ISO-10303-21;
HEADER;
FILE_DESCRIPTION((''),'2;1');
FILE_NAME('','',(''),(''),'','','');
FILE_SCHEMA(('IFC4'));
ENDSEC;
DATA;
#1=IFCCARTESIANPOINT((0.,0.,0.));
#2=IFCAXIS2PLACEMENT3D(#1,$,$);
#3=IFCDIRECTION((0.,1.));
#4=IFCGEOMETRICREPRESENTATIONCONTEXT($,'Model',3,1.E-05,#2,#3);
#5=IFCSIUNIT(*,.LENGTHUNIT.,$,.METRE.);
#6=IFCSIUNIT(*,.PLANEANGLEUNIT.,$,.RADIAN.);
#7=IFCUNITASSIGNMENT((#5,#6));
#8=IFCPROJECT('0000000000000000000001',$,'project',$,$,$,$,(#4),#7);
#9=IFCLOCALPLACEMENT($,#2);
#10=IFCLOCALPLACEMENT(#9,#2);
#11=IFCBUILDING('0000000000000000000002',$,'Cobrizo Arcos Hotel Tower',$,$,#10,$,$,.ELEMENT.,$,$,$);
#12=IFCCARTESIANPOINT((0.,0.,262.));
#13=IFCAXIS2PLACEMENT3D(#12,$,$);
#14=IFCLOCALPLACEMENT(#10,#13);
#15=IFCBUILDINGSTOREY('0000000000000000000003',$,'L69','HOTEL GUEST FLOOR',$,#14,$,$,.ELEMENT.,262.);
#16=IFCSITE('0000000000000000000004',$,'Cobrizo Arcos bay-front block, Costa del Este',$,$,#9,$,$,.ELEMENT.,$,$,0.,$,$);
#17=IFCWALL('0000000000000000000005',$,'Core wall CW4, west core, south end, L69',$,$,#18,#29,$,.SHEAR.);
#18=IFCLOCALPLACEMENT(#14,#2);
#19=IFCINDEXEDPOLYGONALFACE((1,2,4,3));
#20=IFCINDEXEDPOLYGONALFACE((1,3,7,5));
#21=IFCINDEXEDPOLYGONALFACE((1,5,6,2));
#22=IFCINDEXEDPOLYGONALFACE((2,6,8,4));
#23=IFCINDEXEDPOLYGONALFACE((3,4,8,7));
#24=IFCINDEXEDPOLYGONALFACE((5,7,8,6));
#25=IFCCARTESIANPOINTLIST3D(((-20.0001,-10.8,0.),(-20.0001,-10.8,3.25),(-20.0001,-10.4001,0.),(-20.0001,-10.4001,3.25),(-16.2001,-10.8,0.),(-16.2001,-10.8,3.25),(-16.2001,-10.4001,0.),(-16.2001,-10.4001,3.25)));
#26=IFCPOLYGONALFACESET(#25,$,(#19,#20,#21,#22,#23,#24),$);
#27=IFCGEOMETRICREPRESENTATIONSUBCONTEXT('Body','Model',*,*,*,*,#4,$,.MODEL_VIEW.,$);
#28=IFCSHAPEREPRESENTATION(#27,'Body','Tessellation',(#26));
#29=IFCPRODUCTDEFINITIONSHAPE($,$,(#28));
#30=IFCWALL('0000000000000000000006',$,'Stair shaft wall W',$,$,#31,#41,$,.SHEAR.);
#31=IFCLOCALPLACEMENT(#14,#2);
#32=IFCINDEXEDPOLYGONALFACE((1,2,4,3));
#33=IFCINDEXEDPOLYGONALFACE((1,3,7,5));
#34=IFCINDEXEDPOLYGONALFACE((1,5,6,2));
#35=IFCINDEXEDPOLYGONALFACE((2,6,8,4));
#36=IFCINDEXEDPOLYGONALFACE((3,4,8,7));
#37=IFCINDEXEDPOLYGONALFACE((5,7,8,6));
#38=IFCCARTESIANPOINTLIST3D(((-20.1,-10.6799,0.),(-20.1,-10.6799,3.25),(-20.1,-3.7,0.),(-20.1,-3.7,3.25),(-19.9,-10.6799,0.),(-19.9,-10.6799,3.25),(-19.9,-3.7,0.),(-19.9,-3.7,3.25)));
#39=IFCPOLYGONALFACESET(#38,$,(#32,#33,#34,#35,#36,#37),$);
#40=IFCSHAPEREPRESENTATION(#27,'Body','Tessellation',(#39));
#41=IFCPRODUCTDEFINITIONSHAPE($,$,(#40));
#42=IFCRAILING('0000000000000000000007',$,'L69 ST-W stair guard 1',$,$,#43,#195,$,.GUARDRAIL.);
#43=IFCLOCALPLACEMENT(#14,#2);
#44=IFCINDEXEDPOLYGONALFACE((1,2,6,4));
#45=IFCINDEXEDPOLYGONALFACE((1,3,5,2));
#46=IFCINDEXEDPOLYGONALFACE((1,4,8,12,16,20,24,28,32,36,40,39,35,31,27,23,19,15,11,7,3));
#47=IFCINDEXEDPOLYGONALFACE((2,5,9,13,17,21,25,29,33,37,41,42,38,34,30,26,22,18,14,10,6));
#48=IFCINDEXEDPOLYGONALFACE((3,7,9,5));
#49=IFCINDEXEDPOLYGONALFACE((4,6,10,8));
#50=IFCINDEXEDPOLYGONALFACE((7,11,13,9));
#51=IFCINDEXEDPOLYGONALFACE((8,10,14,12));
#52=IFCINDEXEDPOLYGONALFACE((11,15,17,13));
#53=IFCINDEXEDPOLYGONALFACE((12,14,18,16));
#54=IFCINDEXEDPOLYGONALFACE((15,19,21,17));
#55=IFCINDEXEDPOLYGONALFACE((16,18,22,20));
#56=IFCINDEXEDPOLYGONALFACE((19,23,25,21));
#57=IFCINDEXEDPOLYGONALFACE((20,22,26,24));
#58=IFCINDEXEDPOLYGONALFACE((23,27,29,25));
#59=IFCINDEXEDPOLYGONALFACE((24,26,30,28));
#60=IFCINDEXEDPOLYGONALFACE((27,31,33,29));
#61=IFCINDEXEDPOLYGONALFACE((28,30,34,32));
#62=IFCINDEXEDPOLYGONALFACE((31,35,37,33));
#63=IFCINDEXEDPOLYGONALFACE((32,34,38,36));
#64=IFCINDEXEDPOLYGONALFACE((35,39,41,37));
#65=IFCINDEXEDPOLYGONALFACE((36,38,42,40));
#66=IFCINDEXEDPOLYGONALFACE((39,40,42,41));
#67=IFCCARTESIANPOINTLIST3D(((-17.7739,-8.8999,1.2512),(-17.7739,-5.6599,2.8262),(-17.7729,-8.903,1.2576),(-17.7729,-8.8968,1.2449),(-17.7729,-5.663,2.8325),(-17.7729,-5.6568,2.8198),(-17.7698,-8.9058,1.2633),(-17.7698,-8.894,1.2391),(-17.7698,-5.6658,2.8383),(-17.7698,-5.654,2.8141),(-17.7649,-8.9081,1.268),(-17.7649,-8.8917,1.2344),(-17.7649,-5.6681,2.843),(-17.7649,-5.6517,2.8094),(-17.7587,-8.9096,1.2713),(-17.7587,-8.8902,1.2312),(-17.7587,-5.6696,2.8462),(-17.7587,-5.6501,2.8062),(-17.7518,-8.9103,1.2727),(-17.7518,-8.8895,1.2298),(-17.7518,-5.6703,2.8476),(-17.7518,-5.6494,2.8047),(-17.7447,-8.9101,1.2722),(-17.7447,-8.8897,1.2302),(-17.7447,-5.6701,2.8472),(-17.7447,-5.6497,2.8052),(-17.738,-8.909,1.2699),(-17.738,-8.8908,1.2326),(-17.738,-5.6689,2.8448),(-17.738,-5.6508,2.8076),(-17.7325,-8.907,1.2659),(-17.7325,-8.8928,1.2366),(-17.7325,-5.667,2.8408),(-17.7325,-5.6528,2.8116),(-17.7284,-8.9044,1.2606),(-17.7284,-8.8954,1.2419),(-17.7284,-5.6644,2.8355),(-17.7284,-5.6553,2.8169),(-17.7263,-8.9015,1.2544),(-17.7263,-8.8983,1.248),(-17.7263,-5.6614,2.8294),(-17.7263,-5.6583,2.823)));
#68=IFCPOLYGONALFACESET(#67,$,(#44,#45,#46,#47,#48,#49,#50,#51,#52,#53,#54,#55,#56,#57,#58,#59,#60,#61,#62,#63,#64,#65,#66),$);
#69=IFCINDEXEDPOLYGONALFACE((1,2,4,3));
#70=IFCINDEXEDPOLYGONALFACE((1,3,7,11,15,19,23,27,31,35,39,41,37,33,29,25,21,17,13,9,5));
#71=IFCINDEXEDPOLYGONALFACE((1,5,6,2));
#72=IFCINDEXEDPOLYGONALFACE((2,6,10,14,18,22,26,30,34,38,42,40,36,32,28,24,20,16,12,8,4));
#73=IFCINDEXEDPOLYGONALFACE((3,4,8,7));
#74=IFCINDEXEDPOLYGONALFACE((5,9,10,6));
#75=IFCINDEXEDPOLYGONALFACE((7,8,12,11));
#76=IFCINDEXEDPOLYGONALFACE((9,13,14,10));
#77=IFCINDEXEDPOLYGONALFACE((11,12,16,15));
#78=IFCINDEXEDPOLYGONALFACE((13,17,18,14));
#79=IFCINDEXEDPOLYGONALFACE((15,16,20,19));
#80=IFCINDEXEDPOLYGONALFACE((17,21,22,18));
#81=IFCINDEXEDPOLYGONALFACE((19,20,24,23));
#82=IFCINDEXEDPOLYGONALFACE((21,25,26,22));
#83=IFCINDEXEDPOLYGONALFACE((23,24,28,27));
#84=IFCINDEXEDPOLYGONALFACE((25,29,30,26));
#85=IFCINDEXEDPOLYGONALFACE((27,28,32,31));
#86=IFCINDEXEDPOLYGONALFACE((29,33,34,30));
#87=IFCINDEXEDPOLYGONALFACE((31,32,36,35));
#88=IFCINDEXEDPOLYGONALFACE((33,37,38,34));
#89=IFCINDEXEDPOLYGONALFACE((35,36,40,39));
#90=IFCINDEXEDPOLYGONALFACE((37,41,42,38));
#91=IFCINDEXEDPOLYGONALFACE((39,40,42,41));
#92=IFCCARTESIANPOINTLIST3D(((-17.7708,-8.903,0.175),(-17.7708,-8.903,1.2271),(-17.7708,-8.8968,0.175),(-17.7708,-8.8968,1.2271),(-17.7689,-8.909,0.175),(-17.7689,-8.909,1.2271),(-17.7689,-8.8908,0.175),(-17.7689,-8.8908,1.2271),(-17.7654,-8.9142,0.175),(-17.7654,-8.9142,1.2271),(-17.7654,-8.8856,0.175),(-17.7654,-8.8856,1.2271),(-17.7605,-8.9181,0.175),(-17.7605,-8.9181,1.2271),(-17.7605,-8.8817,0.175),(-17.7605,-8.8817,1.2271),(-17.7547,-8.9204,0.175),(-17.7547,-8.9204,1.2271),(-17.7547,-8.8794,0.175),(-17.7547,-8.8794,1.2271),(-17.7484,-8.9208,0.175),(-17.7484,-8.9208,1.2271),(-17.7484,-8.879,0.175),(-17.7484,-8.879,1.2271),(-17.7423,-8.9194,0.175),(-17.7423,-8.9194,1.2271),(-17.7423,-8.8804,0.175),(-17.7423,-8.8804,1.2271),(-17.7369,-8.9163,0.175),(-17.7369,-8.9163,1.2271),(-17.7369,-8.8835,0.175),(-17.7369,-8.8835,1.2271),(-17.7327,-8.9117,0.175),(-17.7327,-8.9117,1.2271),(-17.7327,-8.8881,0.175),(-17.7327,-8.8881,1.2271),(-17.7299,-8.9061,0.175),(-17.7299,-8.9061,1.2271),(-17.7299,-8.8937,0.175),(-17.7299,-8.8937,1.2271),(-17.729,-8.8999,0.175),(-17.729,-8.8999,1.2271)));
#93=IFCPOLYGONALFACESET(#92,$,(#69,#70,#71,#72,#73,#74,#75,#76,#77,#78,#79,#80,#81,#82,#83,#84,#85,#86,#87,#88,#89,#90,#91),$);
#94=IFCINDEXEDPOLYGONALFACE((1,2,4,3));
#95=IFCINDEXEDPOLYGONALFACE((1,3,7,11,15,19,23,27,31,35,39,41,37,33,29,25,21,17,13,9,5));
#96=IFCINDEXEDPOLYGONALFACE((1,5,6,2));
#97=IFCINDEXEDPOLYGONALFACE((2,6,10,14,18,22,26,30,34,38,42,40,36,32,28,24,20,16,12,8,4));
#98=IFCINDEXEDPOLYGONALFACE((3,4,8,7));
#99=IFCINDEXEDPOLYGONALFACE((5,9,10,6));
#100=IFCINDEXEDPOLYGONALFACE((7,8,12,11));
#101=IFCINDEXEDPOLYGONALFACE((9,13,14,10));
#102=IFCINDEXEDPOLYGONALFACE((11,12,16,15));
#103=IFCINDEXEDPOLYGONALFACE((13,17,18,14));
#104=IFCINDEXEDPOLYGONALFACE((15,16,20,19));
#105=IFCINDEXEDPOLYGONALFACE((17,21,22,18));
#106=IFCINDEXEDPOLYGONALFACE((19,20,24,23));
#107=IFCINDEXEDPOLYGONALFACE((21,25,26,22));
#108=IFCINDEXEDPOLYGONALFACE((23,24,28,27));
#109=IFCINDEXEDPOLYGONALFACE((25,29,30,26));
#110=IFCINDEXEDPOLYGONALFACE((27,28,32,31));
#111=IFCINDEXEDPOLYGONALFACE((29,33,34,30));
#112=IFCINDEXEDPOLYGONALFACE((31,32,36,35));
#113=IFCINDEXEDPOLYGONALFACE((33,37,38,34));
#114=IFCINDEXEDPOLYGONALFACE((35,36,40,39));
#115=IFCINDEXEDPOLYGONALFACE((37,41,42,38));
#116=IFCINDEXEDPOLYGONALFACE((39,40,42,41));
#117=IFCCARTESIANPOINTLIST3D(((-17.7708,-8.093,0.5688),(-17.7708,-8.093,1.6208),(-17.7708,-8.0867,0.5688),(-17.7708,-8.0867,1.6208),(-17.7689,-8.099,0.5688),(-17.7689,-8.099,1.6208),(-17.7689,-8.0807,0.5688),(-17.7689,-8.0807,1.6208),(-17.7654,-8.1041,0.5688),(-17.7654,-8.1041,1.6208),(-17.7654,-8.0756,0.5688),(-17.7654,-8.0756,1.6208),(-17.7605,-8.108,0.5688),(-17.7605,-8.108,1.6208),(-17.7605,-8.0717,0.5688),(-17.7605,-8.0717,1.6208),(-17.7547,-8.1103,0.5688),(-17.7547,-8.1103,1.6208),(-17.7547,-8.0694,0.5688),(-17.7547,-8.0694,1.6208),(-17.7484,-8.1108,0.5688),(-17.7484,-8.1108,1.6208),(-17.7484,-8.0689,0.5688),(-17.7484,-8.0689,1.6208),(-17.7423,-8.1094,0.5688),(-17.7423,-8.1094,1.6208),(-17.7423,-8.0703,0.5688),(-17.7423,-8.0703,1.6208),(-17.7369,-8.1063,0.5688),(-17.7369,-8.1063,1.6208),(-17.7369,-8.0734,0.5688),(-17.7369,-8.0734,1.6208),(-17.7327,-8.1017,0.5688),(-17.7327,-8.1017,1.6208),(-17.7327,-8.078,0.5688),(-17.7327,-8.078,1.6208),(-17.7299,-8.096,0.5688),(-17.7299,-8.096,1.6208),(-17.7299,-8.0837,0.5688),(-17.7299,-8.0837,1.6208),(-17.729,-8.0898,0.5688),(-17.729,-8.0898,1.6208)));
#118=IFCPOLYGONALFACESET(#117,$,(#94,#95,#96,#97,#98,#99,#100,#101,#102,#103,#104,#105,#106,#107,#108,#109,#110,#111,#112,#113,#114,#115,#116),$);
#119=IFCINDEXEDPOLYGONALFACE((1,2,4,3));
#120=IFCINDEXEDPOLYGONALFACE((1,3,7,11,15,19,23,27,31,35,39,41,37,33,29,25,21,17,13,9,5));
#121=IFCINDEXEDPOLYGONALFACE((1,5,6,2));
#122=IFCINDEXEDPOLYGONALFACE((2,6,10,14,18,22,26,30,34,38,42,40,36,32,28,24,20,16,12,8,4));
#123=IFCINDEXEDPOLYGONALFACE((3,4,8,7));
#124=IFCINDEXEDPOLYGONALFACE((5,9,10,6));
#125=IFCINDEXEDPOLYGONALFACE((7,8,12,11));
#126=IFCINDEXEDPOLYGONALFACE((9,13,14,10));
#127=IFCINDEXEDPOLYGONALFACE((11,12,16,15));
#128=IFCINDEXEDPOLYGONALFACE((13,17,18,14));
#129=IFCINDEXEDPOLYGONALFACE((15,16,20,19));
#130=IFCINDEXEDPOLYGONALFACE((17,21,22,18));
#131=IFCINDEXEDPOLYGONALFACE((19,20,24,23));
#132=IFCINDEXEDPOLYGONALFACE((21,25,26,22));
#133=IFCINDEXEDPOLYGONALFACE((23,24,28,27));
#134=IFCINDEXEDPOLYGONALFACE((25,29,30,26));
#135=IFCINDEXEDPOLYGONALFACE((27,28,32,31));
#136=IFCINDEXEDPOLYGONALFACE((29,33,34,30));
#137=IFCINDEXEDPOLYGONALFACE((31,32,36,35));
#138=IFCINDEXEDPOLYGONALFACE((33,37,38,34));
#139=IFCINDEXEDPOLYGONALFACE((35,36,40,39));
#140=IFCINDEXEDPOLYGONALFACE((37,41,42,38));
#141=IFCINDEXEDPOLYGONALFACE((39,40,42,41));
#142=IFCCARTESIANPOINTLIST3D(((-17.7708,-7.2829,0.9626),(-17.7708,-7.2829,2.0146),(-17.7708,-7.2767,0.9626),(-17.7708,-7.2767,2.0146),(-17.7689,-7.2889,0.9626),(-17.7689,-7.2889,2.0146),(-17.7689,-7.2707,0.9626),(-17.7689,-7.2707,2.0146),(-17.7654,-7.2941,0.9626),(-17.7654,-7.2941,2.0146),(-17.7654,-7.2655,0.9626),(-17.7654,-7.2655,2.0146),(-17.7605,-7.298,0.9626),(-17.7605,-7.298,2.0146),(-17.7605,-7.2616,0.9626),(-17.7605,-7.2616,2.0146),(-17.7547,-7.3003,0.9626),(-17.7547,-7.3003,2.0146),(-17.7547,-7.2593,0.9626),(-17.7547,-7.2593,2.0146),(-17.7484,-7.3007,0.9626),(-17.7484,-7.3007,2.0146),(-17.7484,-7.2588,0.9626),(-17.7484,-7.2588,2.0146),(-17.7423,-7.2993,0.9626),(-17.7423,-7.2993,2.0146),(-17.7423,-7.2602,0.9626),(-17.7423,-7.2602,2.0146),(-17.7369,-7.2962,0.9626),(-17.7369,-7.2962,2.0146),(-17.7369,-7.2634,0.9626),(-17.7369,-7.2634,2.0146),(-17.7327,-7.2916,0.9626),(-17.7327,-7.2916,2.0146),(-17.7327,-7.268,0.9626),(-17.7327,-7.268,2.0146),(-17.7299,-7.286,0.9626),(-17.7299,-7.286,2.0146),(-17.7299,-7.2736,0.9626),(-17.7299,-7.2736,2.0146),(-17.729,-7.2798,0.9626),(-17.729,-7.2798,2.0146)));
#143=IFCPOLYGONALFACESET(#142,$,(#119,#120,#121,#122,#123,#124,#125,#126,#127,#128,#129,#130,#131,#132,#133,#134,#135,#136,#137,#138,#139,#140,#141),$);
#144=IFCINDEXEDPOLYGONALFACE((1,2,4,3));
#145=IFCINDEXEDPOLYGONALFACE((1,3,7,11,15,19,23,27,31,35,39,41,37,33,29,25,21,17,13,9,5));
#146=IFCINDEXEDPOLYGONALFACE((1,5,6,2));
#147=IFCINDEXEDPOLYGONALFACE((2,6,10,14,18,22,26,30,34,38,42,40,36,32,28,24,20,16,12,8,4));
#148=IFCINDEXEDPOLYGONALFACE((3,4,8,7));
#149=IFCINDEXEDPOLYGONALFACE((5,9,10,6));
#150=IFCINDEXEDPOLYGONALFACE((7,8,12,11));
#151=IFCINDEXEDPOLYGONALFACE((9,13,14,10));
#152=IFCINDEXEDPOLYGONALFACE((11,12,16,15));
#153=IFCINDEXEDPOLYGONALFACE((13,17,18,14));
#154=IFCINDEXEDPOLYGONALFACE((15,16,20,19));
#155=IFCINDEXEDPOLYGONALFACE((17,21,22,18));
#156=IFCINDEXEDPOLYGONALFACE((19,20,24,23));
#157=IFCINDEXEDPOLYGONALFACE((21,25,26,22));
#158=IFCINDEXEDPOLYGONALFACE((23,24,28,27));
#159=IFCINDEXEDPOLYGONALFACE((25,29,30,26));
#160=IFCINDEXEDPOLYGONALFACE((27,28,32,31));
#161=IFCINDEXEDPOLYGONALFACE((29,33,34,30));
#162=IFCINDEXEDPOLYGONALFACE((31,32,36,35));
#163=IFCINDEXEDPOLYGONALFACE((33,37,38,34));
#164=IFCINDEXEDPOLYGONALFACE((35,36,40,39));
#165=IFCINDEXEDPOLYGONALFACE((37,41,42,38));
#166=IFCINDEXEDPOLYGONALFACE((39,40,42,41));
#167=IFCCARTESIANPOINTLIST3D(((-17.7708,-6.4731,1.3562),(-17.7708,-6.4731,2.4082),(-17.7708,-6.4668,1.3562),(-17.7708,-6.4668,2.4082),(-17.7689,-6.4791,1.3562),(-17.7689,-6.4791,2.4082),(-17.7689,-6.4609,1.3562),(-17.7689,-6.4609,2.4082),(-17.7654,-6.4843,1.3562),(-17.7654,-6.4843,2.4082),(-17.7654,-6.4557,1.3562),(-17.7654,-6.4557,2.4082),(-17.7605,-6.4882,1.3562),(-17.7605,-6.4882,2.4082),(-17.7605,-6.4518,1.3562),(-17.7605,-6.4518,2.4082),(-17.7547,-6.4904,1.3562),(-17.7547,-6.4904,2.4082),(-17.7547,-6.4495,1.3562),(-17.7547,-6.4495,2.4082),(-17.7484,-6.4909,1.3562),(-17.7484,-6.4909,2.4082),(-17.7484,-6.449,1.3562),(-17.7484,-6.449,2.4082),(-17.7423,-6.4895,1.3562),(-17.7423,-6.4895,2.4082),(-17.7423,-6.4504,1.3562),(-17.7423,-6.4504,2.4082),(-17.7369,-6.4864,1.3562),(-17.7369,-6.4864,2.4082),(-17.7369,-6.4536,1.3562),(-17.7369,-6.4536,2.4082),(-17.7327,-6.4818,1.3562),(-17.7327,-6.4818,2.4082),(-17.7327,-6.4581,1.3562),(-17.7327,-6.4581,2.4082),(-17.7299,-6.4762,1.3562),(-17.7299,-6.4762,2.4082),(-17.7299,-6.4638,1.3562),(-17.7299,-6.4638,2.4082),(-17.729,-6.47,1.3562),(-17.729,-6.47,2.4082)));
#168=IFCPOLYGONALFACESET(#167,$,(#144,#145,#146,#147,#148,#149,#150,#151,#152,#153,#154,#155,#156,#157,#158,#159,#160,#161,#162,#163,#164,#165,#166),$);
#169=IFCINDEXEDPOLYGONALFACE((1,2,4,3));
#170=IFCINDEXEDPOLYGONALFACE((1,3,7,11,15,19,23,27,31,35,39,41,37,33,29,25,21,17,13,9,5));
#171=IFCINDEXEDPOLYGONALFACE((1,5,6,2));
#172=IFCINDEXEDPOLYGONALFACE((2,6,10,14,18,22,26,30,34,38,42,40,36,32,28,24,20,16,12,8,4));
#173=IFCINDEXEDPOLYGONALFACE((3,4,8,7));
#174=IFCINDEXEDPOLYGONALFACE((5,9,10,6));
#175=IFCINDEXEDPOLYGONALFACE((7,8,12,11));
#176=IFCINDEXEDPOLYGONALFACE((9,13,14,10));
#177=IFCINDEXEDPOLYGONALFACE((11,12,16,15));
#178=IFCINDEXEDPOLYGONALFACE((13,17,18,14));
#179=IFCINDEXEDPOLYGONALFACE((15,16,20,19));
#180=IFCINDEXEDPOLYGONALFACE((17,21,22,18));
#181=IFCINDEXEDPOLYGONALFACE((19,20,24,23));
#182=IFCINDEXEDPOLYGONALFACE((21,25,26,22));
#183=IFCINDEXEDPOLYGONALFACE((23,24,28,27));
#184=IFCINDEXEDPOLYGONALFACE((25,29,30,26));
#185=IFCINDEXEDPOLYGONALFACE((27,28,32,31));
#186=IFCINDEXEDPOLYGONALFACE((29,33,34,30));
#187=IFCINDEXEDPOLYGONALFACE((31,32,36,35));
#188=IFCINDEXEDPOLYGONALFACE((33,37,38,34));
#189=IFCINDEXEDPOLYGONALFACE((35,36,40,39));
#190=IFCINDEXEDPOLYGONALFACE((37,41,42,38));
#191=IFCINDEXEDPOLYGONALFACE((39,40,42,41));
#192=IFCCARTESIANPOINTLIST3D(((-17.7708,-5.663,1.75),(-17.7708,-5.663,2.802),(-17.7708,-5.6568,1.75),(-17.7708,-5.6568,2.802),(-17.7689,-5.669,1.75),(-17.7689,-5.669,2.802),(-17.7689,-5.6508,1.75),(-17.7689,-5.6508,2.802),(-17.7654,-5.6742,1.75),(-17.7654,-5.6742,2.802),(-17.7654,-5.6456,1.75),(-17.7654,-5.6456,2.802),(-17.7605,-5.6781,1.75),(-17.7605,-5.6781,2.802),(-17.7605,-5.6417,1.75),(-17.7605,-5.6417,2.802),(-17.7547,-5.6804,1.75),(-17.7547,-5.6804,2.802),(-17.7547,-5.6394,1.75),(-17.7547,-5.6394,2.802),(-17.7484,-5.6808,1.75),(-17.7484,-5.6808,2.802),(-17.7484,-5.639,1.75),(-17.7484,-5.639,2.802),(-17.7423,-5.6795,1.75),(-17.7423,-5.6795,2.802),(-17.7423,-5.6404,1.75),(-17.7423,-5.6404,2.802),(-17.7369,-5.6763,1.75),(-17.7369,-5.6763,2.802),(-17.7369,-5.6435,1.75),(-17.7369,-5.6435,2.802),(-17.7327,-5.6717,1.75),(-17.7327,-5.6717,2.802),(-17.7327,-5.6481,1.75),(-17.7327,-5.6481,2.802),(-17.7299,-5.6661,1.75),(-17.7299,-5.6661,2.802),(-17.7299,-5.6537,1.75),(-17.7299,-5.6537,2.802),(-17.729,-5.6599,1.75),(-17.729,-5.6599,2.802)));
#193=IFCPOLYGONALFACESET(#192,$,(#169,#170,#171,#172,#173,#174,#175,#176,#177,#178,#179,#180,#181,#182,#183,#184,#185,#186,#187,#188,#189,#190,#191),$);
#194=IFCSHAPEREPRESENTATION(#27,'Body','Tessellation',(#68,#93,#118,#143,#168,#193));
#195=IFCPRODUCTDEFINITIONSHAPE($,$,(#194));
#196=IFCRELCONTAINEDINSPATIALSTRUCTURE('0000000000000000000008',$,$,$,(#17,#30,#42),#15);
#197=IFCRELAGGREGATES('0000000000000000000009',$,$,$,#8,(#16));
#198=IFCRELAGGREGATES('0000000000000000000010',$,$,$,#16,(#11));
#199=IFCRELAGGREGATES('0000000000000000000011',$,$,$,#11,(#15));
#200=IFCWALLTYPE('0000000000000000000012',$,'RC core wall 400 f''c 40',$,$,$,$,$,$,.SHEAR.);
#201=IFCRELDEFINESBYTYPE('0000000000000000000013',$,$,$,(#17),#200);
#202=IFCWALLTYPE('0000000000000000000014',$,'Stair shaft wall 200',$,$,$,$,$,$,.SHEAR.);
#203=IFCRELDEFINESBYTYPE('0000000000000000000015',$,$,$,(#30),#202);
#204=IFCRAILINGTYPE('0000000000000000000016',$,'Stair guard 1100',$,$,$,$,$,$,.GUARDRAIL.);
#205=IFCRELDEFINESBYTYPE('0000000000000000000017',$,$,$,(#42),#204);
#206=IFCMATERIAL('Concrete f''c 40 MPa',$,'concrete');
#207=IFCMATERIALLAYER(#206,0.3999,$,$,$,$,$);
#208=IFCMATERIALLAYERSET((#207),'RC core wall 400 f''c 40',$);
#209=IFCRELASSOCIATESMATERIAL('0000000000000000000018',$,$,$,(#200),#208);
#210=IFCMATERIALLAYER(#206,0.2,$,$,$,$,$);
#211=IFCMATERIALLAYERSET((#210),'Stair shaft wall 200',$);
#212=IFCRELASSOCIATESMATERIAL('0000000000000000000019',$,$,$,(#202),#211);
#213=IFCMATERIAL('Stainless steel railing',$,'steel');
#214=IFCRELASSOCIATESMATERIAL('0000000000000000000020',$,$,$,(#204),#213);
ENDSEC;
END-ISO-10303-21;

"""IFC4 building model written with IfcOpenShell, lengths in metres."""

from ifc_helpers import new_model, si_unit, direction, frame, frame_2d, origin, origin_2d, place, context, subcontext, project, spatial, rectangle, circle, extrude, material, layer, layer_set, type_object, element, save


model = new_model("IFC4")

# Units and contexts
model_context = context("Model", 3, precision=1e-05, world=origin(), true_north=direction((0.0, 1.0)))
body_context = subcontext(model_context, "Body", "Model", "MODEL_VIEW")
ifc_project = project(units=[si_unit("LENGTHUNIT", "METRE"), si_unit("PLANEANGLEUNIT", "RADIAN")], contexts=[model_context])

# Site, building, storey
site_placement = place(None, origin())
site = spatial("IfcSite", under=ifc_project, at=site_placement, Name="Cobrizo Arcos bay-front block, Costa del Este", CompositionType="ELEMENT", RefElevation=0.0)
building_placement = place(site_placement, origin())
building = spatial("IfcBuilding", under=site, at=building_placement, Name="Cobrizo Arcos Hotel Tower", CompositionType="ELEMENT")
storey_placement = place(building_placement, frame((0.0, 0.0, 262.0)))
storey = spatial("IfcBuildingStorey", under=building, at=storey_placement, Name="L69", Description="HOTEL GUEST FLOOR", CompositionType="ELEMENT", Elevation=262.0)

# Shared definitions
ifc_material_1 = material(Name="Concrete f'c 40 MPa", Category="concrete")
ifc_layer_1 = layer(ifc_material_1, 0.3999)
ifc_layer_set_1 = layer_set([ifc_layer_1], Name="RC core wall 400 f'c 40")
wall_type_1 = type_object("IfcWallType", Name="RC core wall 400 f'c 40", PredefinedType="SHEAR", material=ifc_layer_set_1)

# Walls
wall_1_placement = place(storey_placement, frame((-20.0, -10.6001, 0.0), z_axis=(0.0, 0.0, 1.0), x_axis=(1.0, 0.0, 0.0)))
element("IfcWall", 1, at=wall_1_placement, inside=storey, type_object=wall_type_1, Name="Core wall CW4, west core, south end, L69", PredefinedType="SHEAR", context=body_context, shape_type="SweptSolid", body=[
    extrude(rectangle(XDim=3.8, YDim=0.3999, at=frame_2d((1.8999, 0.0))), origin(), (0.0, 0.0, 1.0), 3.25),
])
ifc_layer_2 = layer(ifc_material_1, 0.2)
ifc_layer_set_2 = layer_set([ifc_layer_2], Name="Stair shaft wall 200")
wall_type_2 = type_object("IfcWallType", Name="Stair shaft wall 200", PredefinedType="SHEAR", material=ifc_layer_set_2)
wall_2_placement = place(storey_placement, frame((-20.0, -10.6799, 0.0), z_axis=(0.0, 0.0, 1.0), x_axis=(0.0, 1.0, 0.0)))
element("IfcWall", 2, at=wall_2_placement, inside=storey, type_object=wall_type_2, Name="Stair shaft wall W", PredefinedType="SHEAR", context=body_context, shape_type="SweptSolid", body=[
    extrude(rectangle(XDim=6.98, YDim=0.2, at=frame_2d((3.49, 0.0))), origin(), (0.0, 0.0, 1.0), 3.25),
])

# Railing
ifc_material_2 = material(Name="Stainless steel railing", Category="steel")
railing_type = type_object("IfcRailingType", Name="Stair guard 1100", PredefinedType="GUARDRAIL", material=ifc_material_2)
railing_1_placement = place(storey_placement, frame((-17.75, -8.8999, 0.175)))
element("IfcRailing", 3, at=railing_1_placement, inside=storey, type_object=railing_type, Name="L69 ST-W stair guard 1", PredefinedType="GUARDRAIL", context=body_context, shape_type="SweptSolid", body=[
    extrude(circle(Radius=0.0239, at=origin_2d()), frame((0.0, 0.0, 1.0762), z_axis=(0.0, 0.899373, 0.437183), x_axis=(-1.0, 0.0, 0.0)), (0.0, 0.0, 1.0), 3.6025),
    extrude(circle(Radius=0.021, at=origin_2d()), origin(), (0.0, 0.0, 1.0), 1.052),
    extrude(circle(Radius=0.021, at=origin_2d()), frame((0.0, 0.8101, 0.3938)), (0.0, 0.0, 1.0), 1.052),
    extrude(circle(Radius=0.021, at=origin_2d()), frame((0.0, 1.6201, 0.7876)), (0.0, 0.0, 1.0), 1.052),
    extrude(circle(Radius=0.021, at=origin_2d()), frame((0.0, 2.4299, 1.1812)), (0.0, 0.0, 1.0), 1.052),
    extrude(circle(Radius=0.021, at=origin_2d()), frame((0.0, 3.24, 1.575)), (0.0, 0.0, 1.0), 1.052),
])

save(model, "model.ifc")
